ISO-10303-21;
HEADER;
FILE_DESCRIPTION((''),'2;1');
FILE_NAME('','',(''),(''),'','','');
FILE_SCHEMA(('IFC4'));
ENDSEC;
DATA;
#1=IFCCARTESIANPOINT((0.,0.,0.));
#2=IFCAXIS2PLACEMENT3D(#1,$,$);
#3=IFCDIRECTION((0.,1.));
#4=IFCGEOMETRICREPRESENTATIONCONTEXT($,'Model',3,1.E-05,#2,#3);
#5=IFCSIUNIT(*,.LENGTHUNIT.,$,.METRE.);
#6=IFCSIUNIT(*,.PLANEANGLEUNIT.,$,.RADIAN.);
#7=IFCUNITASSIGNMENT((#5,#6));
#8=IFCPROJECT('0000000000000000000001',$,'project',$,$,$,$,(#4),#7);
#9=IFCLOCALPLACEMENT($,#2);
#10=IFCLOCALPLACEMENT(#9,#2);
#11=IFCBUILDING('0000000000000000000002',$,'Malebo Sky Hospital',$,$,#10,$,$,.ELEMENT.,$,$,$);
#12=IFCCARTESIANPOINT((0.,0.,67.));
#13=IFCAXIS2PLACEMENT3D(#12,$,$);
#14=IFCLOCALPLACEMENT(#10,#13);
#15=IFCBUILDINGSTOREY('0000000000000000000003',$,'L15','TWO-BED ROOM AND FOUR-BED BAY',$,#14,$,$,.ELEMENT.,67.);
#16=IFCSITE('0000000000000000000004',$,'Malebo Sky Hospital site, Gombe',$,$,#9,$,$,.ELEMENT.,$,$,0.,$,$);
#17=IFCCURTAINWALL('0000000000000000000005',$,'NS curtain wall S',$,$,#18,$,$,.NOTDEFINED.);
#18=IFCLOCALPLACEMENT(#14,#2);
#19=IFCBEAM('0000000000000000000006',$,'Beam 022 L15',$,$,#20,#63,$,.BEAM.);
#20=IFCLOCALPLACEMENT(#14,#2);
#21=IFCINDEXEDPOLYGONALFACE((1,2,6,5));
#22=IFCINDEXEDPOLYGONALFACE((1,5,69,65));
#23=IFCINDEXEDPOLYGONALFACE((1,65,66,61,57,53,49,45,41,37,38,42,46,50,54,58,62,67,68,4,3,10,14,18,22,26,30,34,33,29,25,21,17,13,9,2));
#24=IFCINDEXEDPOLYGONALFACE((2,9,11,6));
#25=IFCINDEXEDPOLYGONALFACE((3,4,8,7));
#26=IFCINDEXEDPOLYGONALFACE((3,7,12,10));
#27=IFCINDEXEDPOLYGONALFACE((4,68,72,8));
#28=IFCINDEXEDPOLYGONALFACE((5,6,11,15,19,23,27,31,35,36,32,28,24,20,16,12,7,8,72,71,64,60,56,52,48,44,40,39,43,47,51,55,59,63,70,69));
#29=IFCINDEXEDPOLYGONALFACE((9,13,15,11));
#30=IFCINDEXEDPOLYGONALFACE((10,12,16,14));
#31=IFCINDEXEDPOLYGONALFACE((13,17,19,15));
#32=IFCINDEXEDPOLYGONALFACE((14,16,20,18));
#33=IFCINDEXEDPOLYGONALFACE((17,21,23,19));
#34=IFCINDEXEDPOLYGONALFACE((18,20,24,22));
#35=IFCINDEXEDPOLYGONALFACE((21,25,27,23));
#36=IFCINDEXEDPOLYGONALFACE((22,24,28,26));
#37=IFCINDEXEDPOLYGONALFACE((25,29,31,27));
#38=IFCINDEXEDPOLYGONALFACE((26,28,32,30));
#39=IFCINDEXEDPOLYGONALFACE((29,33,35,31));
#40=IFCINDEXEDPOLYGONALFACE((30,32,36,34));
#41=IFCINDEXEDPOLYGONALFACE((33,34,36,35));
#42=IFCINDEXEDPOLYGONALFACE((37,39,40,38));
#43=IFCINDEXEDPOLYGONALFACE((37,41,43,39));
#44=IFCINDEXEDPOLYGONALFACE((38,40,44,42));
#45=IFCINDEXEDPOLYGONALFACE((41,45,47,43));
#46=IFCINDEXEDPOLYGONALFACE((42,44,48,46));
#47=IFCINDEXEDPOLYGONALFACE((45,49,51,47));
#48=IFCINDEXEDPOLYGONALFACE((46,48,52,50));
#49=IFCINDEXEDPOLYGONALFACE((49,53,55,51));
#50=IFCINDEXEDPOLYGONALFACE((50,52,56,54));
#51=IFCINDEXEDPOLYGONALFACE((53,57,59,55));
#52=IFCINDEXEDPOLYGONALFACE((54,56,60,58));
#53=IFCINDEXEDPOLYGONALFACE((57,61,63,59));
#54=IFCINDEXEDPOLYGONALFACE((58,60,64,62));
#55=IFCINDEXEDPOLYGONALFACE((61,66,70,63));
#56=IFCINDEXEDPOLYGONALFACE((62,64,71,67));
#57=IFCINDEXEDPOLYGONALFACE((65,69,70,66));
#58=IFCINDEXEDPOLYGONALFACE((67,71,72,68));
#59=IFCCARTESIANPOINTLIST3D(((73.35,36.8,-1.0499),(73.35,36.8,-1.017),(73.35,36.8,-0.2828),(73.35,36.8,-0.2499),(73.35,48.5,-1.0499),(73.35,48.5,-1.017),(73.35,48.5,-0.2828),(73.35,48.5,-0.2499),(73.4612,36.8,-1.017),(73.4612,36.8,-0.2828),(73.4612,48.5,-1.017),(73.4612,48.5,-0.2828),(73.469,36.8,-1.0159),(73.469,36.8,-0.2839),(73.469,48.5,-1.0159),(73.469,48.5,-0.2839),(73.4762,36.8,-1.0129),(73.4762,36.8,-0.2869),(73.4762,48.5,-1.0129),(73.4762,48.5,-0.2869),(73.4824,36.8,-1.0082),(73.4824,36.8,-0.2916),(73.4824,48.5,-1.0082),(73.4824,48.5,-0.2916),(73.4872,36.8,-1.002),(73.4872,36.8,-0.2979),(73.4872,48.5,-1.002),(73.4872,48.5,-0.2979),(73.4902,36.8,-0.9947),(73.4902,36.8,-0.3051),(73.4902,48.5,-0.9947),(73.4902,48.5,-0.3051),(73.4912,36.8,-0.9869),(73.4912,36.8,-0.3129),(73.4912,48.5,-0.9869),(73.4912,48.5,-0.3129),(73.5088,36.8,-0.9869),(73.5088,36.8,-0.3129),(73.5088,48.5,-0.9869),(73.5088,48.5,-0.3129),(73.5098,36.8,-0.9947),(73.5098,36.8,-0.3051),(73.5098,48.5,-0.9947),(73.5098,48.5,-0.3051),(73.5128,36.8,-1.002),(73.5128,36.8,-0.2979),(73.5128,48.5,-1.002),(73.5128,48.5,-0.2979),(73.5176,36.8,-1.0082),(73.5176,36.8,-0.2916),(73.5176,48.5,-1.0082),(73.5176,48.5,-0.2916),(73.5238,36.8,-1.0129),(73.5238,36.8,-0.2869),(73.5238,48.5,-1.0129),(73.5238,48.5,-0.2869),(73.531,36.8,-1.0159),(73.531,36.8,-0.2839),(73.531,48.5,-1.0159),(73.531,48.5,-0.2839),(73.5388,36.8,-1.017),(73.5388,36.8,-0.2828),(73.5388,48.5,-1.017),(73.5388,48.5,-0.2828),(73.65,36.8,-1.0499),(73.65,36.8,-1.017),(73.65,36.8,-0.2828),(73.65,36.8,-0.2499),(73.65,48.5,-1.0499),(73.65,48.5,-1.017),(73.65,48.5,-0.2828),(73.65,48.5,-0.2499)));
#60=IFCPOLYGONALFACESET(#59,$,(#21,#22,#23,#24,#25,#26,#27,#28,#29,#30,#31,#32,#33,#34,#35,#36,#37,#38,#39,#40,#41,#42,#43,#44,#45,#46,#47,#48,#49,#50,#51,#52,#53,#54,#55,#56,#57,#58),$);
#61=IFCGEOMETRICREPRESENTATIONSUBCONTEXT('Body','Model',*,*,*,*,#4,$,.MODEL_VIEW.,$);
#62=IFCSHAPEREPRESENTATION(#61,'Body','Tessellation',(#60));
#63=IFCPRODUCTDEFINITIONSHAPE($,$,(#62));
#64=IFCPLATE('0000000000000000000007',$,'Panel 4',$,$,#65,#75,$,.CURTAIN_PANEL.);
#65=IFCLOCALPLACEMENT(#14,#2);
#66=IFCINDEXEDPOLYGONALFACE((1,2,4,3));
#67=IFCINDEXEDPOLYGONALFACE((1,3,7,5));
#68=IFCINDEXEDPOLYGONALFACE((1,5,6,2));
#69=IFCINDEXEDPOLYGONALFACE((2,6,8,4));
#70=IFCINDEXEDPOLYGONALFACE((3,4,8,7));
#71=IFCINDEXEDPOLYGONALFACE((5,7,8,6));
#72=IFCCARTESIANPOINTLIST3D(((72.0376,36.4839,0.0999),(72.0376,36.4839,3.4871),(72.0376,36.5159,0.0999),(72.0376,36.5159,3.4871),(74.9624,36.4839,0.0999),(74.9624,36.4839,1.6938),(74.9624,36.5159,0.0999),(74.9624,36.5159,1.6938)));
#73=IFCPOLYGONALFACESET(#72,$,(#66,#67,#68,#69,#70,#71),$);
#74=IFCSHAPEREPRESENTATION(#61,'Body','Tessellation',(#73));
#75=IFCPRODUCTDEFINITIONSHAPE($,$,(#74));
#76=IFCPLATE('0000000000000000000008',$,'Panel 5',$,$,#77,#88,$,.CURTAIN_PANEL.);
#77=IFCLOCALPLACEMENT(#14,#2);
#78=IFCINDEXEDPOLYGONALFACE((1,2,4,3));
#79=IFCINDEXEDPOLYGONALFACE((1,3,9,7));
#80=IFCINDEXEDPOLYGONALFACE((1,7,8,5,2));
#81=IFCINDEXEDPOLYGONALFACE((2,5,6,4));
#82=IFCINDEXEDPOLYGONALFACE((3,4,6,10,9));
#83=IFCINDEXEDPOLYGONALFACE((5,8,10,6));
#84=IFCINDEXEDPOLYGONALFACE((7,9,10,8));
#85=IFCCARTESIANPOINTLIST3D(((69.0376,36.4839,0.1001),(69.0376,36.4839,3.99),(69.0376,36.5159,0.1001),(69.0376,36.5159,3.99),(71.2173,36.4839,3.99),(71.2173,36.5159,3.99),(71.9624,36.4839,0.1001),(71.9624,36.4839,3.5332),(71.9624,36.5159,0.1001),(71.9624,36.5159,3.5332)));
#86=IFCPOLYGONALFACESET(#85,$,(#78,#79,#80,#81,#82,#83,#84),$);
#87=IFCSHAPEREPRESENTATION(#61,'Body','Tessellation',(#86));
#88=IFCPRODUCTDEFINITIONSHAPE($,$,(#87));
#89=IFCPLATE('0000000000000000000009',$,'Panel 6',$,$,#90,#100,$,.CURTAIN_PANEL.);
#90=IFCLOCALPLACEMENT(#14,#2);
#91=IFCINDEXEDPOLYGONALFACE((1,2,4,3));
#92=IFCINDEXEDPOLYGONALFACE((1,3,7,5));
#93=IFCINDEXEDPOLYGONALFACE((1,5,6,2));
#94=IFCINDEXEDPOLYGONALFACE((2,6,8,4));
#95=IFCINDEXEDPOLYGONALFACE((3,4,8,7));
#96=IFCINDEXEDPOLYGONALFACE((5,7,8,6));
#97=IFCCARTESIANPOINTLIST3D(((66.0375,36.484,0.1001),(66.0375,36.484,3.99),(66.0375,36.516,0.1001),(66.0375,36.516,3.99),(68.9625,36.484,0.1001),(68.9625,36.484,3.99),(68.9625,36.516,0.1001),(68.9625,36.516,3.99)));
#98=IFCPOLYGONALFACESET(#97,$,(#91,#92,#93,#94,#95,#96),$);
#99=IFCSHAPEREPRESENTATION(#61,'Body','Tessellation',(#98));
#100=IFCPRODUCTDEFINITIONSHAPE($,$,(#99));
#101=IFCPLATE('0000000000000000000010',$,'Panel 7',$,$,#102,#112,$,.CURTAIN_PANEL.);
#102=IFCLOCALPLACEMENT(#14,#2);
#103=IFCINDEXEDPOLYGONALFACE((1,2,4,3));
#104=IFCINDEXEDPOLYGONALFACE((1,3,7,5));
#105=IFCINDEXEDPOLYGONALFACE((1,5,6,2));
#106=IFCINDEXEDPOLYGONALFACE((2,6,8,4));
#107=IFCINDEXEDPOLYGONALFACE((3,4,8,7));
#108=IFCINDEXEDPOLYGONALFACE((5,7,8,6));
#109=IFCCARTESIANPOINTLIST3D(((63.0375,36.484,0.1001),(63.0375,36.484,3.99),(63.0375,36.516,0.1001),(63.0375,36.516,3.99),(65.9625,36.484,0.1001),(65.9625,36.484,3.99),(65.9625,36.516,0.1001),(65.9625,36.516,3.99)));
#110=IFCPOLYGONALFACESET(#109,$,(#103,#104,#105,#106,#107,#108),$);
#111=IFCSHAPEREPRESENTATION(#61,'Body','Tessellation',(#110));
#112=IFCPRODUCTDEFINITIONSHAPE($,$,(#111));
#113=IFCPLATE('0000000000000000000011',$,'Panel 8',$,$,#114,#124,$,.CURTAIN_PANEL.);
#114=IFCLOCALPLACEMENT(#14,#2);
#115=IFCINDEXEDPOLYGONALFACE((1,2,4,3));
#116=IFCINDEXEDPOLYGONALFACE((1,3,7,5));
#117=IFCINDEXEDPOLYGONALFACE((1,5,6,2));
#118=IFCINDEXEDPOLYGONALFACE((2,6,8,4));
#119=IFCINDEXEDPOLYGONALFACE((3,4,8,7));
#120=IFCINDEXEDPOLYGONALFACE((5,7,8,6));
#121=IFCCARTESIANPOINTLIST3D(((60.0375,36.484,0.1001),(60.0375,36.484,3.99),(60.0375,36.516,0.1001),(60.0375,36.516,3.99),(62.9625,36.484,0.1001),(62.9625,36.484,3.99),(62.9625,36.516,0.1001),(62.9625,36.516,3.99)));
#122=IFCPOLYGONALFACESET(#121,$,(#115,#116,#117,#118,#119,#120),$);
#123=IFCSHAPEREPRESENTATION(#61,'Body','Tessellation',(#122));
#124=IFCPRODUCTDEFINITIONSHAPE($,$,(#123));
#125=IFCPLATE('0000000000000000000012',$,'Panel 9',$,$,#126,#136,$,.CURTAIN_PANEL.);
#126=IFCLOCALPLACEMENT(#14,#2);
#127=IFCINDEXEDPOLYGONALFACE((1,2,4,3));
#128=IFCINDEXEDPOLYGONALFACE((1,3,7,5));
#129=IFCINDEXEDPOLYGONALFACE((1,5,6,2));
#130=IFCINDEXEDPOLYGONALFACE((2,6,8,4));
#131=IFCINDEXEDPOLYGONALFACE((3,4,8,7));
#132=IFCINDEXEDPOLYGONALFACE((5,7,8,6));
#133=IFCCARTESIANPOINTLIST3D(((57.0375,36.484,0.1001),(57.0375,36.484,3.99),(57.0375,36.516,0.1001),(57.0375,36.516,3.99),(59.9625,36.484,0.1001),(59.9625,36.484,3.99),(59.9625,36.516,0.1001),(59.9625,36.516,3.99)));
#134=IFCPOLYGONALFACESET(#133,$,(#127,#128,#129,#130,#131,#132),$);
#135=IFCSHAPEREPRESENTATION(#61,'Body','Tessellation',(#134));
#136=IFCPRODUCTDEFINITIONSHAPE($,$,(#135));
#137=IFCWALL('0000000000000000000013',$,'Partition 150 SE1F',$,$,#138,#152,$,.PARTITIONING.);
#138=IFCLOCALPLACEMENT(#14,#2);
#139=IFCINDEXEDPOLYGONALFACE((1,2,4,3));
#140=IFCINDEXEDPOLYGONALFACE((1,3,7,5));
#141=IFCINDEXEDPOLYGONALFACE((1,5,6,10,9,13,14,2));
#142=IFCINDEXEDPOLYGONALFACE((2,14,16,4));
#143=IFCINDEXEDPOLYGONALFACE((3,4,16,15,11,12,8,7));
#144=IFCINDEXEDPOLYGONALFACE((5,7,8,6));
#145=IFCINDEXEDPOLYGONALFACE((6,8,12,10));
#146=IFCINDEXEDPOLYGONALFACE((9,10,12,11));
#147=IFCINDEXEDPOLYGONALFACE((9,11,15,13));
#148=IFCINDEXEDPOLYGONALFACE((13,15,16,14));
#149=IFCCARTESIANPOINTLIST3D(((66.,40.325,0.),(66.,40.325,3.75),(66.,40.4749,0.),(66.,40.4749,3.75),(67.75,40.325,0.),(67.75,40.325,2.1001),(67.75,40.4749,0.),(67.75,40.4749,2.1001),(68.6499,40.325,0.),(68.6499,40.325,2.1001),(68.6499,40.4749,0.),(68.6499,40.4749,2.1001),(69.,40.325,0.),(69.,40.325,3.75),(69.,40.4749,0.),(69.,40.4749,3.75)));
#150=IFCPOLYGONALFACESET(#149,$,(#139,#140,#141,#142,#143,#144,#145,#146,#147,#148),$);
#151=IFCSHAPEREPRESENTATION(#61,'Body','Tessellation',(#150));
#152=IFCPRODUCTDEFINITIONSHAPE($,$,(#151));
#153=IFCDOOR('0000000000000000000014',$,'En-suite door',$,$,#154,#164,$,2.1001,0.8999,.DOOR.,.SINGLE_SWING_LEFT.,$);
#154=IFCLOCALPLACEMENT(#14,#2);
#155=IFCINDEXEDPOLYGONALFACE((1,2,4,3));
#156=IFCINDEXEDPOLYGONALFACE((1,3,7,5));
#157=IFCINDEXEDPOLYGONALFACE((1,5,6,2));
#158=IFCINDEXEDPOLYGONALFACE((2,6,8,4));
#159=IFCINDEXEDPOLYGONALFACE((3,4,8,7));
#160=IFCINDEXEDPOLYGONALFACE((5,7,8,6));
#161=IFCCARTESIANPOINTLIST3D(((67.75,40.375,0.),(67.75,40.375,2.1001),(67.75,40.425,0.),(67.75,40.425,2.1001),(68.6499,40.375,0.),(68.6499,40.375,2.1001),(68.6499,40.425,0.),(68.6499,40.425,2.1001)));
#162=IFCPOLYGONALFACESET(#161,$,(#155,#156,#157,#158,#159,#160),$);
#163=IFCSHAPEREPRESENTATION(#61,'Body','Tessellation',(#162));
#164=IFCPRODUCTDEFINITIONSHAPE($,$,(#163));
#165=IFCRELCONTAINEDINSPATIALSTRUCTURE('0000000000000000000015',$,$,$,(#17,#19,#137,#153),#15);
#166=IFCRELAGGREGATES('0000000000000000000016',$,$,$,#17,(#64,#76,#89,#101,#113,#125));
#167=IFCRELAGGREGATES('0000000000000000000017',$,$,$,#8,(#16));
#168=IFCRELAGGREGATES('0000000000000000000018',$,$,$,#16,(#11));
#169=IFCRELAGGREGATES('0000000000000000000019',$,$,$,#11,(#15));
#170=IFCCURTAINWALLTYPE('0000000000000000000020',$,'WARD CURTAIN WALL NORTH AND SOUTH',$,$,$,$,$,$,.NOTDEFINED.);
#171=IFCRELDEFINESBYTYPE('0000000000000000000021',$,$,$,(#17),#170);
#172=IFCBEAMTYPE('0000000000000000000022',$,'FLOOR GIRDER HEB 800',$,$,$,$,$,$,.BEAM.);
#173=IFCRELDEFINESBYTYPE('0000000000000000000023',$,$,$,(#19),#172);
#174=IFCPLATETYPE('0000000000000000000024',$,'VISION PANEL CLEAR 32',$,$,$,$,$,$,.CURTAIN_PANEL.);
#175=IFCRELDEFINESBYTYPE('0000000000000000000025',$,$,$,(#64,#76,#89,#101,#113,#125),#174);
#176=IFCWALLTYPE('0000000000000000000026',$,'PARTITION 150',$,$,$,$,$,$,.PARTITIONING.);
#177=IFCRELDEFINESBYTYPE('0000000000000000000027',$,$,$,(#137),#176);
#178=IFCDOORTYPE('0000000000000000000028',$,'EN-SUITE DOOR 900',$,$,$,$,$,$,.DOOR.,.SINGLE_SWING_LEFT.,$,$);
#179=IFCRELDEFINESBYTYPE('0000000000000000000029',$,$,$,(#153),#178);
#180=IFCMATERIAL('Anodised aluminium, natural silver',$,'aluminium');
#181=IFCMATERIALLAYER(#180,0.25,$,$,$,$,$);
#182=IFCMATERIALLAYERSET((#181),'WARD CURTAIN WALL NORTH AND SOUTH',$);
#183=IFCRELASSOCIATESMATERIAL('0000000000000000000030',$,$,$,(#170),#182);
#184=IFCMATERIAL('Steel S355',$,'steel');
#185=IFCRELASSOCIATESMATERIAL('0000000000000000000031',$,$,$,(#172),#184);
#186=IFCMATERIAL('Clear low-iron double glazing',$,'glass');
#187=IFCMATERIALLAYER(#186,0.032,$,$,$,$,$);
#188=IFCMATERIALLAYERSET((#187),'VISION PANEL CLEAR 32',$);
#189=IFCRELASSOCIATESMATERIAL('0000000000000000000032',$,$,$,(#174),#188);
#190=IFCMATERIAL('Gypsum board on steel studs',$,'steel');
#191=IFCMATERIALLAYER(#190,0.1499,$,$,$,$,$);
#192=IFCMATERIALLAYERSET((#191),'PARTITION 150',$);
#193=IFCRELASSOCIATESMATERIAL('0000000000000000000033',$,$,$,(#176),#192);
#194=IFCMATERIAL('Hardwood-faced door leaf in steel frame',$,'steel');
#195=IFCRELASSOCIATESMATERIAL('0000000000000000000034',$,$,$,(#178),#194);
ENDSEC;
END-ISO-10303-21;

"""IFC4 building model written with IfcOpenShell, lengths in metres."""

from ifc_helpers import new_model, si_unit, direction, frame, frame_2d, origin, origin_2d, place, context, subcontext, project, spatial, polyline, rectangle, i_section, outline, extrude, material, layer, layer_set, material_profile, profile_set, type_object, element, fill, aggregate, save


model = new_model("IFC4")

# Units and contexts
model_context = context("Model", 3, precision=1e-05, world=origin(), true_north=direction((0.0, 1.0)))
body_context = subcontext(model_context, "Body", "Model", "MODEL_VIEW")
ifc_project = project(units=[si_unit("LENGTHUNIT", "METRE"), si_unit("PLANEANGLEUNIT", "RADIAN")], contexts=[model_context])

# Site, building, storey
site_placement = place(None, origin())
site = spatial("IfcSite", under=ifc_project, at=site_placement, Name="Malebo Sky Hospital site, Gombe", CompositionType="ELEMENT", RefElevation=0.0)
building_placement = place(site_placement, origin())
building = spatial("IfcBuilding", under=site, at=building_placement, Name="Malebo Sky Hospital", CompositionType="ELEMENT")
storey_placement = place(building_placement, frame((0.0, 0.0, 67.0)))
storey = spatial("IfcBuildingStorey", under=building, at=storey_placement, Name="L15", Description="TWO-BED ROOM AND FOUR-BED BAY", CompositionType="ELEMENT", Elevation=67.0)

# Curtain wall
ifc_material_1 = material(Name="Anodised aluminium, natural silver", Category="aluminium")
ifc_layer_1 = layer(ifc_material_1, 0.25)
ifc_layer_set_1 = layer_set([ifc_layer_1], Name="WARD CURTAIN WALL NORTH AND SOUTH")
curtain_wall_type = type_object("IfcCurtainWallType", Name="WARD CURTAIN WALL NORTH AND SOUTH", PredefinedType="NOTDEFINED", material=ifc_layer_set_1)
curtain_wall_placement = place(storey_placement, origin())
curtain_wall = element("IfcCurtainWall", 1, at=curtain_wall_placement, inside=storey, type_object=curtain_wall_type, Name="NS curtain wall S", PredefinedType="NOTDEFINED")

# Beam
ifc_material_2 = material(Name="Steel S355", Category="steel")
ifc_material_profile_1 = material_profile(ifc_material_2, i_section(OverallWidth=0.3, OverallDepth=0.8, WebThickness=0.0176, FlangeThickness=0.033, FilletRadius=0.03, at=origin_2d()), Name="HEB 800")
ifc_profile_set_1 = profile_set([ifc_material_profile_1], Name="Steel S355")
beam_type_1 = type_object("IfcBeamType", Name="FLOOR GIRDER HEB 800", PredefinedType="BEAM", material=ifc_profile_set_1)
beam_1_placement = place(storey_placement, frame((73.5, 36.8, -0.6499), z_axis=(0.0, 1.0, 0.0), x_axis=(-1.0, 0.0, 0.0)))
element("IfcBeam", 2, at=beam_1_placement, inside=storey, type_object=beam_type_1, Name="Beam 022 L15", PredefinedType="BEAM", context=body_context, shape_type="SweptSolid", body=[
    extrude(i_section(OverallWidth=0.3, OverallDepth=0.8, WebThickness=0.0176, FlangeThickness=0.033, FilletRadius=0.03, at=origin_2d()), origin(), (0.0, 0.0, 1.0), 11.7),
])

# Plates
ifc_material_3 = material(Name="Clear low-iron double glazing", Category="glass")
ifc_layer_2 = layer(ifc_material_3, 0.032)
ifc_layer_set_2 = layer_set([ifc_layer_2], Name="VISION PANEL CLEAR 32")
plate_type = type_object("IfcPlateType", Name="VISION PANEL CLEAR 32", PredefinedType="CURTAIN_PANEL", material=ifc_layer_set_2)
plate_1_placement = place(storey_placement, frame((73.5, 36.5, 0.0999), z_axis=(0.0, 0.0, 1.0), x_axis=(-1.0, 0.0, 0.0)))
plate_1 = element("IfcPlate", 3, at=plate_1_placement, type_object=plate_type, Name="Panel 4", PredefinedType="CURTAIN_PANEL", context=body_context, shape_type="SweptSolid", body=[
    extrude(outline(polyline([(-1.4624, 0.0), (1.4624, 0.0), (1.4624, 3.3872), (-1.4624, 1.594), (-1.4624, 0.0)])), frame((0.0, 0.0161, 0.0), z_axis=(0.0, -1.0, 0.0), x_axis=(1.0, 0.0, 0.0)), (0.0, 0.0, 1.0), 0.032),
])
plate_2_placement = place(storey_placement, frame((70.5, 36.5, 0.1001), z_axis=(0.0, 0.0, 1.0), x_axis=(-1.0, 0.0, 0.0)))
plate_2 = element("IfcPlate", 4, at=plate_2_placement, type_object=plate_type, Name="Panel 5", PredefinedType="CURTAIN_PANEL", context=body_context, shape_type="SweptSolid", body=[
    extrude(outline(polyline([(-1.4624, 0.0), (1.4624, 0.0), (1.4624, 3.8899), (-0.7173, 3.8899), (-1.4624, 3.4331), (-1.4624, 0.0)])), frame((0.0, 0.0161, 0.0), z_axis=(0.0, -1.0, 0.0), x_axis=(1.0, 0.0, 0.0)), (0.0, 0.0, 1.0), 0.032),
])
plate_3_placement = place(storey_placement, frame((67.5, 36.5, 0.1001), z_axis=(0.0, 0.0, 1.0), x_axis=(-1.0, 0.0, 0.0)))
plate_3 = element("IfcPlate", 5, at=plate_3_placement, type_object=plate_type, Name="Panel 6", PredefinedType="CURTAIN_PANEL", context=body_context, shape_type="SweptSolid", body=[
    extrude(rectangle(XDim=2.925, YDim=0.032, at=origin_2d()), origin(), (0.0, 0.0, 1.0), 3.8899),
])
plate_4_placement = place(storey_placement, frame((64.5, 36.5, 0.1001), z_axis=(0.0, 0.0, 1.0), x_axis=(-1.0, 0.0, 0.0)))
plate_4 = element("IfcPlate", 6, at=plate_4_placement, type_object=plate_type, Name="Panel 7", PredefinedType="CURTAIN_PANEL", context=body_context, shape_type="SweptSolid", body=[
    extrude(rectangle(XDim=2.925, YDim=0.032, at=origin_2d()), origin(), (0.0, 0.0, 1.0), 3.8899),
])
plate_5_placement = place(storey_placement, frame((61.5, 36.5, 0.1001), z_axis=(0.0, 0.0, 1.0), x_axis=(-1.0, 0.0, 0.0)))
plate_5 = element("IfcPlate", 7, at=plate_5_placement, type_object=plate_type, Name="Panel 8", PredefinedType="CURTAIN_PANEL", context=body_context, shape_type="SweptSolid", body=[
    extrude(rectangle(XDim=2.925, YDim=0.032, at=origin_2d()), origin(), (0.0, 0.0, 1.0), 3.8899),
])
plate_6_placement = place(storey_placement, frame((58.5, 36.5, 0.1001), z_axis=(0.0, 0.0, 1.0), x_axis=(-1.0, 0.0, 0.0)))
plate_6 = element("IfcPlate", 8, at=plate_6_placement, type_object=plate_type, Name="Panel 9", PredefinedType="CURTAIN_PANEL", context=body_context, shape_type="SweptSolid", body=[
    extrude(rectangle(XDim=2.925, YDim=0.032, at=origin_2d()), origin(), (0.0, 0.0, 1.0), 3.8899),
])
aggregate(curtain_wall, [plate_1, plate_2, plate_3, plate_4, plate_5, plate_6])

# Wall, opening, door
ifc_material_4 = material(Name="Gypsum board on steel studs", Category="steel")
ifc_layer_3 = layer(ifc_material_4, 0.1499)
ifc_layer_set_3 = layer_set([ifc_layer_3], Name="PARTITION 150")
wall_type = type_object("IfcWallType", Name="PARTITION 150", PredefinedType="PARTITIONING", material=ifc_layer_set_3)
wall_1_placement = place(storey_placement, frame((69.0, 40.3999, 0.0), z_axis=(0.0, 0.0, 1.0), x_axis=(-1.0, 0.0, 0.0)))
wall_1 = element("IfcWall", 9, at=wall_1_placement, inside=storey, type_object=wall_type, Name="Partition 150 SE1F", PredefinedType="PARTITIONING", context=body_context, shape_type="SweptSolid", body=[
    extrude(rectangle(XDim=3.0, YDim=0.1499, at=frame_2d((1.5, 0.0))), origin(), (0.0, 0.0, 1.0), 3.75),
])
opening_1_placement = place(wall_1_placement, frame((0.3501, 0.0, 0.0)))
opening_1 = element("IfcOpeningElement", 10, at=opening_1_placement, cuts=wall_1, PredefinedType="OPENING", context=body_context, shape_type="SweptSolid", body=[
    extrude(rectangle(XDim=0.8999, YDim=2.1001, at=frame_2d((0.45, 1.05))), frame((0.0, 0.085, 0.0), z_axis=(0.0, -1.0, 0.0), x_axis=(1.0, 0.0, 0.0)), (0.0, 0.0, 1.0), 0.1699),
])
ifc_material_5 = material(Name="Hardwood-faced door leaf in steel frame", Category="steel")
door_type = type_object("IfcDoorType", Name="EN-SUITE DOOR 900", OperationType="SINGLE_SWING_LEFT", PredefinedType="DOOR", material=ifc_material_5)
door_1_placement = place(opening_1_placement, origin())
door_1 = element("IfcDoor", 11, at=door_1_placement, inside=storey, type_object=door_type, Name="En-suite door", OperationType="SINGLE_SWING_LEFT", OverallHeight=2.1001, OverallWidth=0.8999, PredefinedType="DOOR", context=body_context, shape_type="SweptSolid", body=[
    extrude(rectangle(XDim=0.8999, YDim=2.1001, at=frame_2d((0.45, 1.05))), frame((0.0, 0.0249, 0.0), z_axis=(0.0, -1.0, 0.0), x_axis=(1.0, 0.0, 0.0)), (0.0, 0.0, 1.0), 0.05),
])
fill(opening_1, door_1)

save(model, "model.ifc")
